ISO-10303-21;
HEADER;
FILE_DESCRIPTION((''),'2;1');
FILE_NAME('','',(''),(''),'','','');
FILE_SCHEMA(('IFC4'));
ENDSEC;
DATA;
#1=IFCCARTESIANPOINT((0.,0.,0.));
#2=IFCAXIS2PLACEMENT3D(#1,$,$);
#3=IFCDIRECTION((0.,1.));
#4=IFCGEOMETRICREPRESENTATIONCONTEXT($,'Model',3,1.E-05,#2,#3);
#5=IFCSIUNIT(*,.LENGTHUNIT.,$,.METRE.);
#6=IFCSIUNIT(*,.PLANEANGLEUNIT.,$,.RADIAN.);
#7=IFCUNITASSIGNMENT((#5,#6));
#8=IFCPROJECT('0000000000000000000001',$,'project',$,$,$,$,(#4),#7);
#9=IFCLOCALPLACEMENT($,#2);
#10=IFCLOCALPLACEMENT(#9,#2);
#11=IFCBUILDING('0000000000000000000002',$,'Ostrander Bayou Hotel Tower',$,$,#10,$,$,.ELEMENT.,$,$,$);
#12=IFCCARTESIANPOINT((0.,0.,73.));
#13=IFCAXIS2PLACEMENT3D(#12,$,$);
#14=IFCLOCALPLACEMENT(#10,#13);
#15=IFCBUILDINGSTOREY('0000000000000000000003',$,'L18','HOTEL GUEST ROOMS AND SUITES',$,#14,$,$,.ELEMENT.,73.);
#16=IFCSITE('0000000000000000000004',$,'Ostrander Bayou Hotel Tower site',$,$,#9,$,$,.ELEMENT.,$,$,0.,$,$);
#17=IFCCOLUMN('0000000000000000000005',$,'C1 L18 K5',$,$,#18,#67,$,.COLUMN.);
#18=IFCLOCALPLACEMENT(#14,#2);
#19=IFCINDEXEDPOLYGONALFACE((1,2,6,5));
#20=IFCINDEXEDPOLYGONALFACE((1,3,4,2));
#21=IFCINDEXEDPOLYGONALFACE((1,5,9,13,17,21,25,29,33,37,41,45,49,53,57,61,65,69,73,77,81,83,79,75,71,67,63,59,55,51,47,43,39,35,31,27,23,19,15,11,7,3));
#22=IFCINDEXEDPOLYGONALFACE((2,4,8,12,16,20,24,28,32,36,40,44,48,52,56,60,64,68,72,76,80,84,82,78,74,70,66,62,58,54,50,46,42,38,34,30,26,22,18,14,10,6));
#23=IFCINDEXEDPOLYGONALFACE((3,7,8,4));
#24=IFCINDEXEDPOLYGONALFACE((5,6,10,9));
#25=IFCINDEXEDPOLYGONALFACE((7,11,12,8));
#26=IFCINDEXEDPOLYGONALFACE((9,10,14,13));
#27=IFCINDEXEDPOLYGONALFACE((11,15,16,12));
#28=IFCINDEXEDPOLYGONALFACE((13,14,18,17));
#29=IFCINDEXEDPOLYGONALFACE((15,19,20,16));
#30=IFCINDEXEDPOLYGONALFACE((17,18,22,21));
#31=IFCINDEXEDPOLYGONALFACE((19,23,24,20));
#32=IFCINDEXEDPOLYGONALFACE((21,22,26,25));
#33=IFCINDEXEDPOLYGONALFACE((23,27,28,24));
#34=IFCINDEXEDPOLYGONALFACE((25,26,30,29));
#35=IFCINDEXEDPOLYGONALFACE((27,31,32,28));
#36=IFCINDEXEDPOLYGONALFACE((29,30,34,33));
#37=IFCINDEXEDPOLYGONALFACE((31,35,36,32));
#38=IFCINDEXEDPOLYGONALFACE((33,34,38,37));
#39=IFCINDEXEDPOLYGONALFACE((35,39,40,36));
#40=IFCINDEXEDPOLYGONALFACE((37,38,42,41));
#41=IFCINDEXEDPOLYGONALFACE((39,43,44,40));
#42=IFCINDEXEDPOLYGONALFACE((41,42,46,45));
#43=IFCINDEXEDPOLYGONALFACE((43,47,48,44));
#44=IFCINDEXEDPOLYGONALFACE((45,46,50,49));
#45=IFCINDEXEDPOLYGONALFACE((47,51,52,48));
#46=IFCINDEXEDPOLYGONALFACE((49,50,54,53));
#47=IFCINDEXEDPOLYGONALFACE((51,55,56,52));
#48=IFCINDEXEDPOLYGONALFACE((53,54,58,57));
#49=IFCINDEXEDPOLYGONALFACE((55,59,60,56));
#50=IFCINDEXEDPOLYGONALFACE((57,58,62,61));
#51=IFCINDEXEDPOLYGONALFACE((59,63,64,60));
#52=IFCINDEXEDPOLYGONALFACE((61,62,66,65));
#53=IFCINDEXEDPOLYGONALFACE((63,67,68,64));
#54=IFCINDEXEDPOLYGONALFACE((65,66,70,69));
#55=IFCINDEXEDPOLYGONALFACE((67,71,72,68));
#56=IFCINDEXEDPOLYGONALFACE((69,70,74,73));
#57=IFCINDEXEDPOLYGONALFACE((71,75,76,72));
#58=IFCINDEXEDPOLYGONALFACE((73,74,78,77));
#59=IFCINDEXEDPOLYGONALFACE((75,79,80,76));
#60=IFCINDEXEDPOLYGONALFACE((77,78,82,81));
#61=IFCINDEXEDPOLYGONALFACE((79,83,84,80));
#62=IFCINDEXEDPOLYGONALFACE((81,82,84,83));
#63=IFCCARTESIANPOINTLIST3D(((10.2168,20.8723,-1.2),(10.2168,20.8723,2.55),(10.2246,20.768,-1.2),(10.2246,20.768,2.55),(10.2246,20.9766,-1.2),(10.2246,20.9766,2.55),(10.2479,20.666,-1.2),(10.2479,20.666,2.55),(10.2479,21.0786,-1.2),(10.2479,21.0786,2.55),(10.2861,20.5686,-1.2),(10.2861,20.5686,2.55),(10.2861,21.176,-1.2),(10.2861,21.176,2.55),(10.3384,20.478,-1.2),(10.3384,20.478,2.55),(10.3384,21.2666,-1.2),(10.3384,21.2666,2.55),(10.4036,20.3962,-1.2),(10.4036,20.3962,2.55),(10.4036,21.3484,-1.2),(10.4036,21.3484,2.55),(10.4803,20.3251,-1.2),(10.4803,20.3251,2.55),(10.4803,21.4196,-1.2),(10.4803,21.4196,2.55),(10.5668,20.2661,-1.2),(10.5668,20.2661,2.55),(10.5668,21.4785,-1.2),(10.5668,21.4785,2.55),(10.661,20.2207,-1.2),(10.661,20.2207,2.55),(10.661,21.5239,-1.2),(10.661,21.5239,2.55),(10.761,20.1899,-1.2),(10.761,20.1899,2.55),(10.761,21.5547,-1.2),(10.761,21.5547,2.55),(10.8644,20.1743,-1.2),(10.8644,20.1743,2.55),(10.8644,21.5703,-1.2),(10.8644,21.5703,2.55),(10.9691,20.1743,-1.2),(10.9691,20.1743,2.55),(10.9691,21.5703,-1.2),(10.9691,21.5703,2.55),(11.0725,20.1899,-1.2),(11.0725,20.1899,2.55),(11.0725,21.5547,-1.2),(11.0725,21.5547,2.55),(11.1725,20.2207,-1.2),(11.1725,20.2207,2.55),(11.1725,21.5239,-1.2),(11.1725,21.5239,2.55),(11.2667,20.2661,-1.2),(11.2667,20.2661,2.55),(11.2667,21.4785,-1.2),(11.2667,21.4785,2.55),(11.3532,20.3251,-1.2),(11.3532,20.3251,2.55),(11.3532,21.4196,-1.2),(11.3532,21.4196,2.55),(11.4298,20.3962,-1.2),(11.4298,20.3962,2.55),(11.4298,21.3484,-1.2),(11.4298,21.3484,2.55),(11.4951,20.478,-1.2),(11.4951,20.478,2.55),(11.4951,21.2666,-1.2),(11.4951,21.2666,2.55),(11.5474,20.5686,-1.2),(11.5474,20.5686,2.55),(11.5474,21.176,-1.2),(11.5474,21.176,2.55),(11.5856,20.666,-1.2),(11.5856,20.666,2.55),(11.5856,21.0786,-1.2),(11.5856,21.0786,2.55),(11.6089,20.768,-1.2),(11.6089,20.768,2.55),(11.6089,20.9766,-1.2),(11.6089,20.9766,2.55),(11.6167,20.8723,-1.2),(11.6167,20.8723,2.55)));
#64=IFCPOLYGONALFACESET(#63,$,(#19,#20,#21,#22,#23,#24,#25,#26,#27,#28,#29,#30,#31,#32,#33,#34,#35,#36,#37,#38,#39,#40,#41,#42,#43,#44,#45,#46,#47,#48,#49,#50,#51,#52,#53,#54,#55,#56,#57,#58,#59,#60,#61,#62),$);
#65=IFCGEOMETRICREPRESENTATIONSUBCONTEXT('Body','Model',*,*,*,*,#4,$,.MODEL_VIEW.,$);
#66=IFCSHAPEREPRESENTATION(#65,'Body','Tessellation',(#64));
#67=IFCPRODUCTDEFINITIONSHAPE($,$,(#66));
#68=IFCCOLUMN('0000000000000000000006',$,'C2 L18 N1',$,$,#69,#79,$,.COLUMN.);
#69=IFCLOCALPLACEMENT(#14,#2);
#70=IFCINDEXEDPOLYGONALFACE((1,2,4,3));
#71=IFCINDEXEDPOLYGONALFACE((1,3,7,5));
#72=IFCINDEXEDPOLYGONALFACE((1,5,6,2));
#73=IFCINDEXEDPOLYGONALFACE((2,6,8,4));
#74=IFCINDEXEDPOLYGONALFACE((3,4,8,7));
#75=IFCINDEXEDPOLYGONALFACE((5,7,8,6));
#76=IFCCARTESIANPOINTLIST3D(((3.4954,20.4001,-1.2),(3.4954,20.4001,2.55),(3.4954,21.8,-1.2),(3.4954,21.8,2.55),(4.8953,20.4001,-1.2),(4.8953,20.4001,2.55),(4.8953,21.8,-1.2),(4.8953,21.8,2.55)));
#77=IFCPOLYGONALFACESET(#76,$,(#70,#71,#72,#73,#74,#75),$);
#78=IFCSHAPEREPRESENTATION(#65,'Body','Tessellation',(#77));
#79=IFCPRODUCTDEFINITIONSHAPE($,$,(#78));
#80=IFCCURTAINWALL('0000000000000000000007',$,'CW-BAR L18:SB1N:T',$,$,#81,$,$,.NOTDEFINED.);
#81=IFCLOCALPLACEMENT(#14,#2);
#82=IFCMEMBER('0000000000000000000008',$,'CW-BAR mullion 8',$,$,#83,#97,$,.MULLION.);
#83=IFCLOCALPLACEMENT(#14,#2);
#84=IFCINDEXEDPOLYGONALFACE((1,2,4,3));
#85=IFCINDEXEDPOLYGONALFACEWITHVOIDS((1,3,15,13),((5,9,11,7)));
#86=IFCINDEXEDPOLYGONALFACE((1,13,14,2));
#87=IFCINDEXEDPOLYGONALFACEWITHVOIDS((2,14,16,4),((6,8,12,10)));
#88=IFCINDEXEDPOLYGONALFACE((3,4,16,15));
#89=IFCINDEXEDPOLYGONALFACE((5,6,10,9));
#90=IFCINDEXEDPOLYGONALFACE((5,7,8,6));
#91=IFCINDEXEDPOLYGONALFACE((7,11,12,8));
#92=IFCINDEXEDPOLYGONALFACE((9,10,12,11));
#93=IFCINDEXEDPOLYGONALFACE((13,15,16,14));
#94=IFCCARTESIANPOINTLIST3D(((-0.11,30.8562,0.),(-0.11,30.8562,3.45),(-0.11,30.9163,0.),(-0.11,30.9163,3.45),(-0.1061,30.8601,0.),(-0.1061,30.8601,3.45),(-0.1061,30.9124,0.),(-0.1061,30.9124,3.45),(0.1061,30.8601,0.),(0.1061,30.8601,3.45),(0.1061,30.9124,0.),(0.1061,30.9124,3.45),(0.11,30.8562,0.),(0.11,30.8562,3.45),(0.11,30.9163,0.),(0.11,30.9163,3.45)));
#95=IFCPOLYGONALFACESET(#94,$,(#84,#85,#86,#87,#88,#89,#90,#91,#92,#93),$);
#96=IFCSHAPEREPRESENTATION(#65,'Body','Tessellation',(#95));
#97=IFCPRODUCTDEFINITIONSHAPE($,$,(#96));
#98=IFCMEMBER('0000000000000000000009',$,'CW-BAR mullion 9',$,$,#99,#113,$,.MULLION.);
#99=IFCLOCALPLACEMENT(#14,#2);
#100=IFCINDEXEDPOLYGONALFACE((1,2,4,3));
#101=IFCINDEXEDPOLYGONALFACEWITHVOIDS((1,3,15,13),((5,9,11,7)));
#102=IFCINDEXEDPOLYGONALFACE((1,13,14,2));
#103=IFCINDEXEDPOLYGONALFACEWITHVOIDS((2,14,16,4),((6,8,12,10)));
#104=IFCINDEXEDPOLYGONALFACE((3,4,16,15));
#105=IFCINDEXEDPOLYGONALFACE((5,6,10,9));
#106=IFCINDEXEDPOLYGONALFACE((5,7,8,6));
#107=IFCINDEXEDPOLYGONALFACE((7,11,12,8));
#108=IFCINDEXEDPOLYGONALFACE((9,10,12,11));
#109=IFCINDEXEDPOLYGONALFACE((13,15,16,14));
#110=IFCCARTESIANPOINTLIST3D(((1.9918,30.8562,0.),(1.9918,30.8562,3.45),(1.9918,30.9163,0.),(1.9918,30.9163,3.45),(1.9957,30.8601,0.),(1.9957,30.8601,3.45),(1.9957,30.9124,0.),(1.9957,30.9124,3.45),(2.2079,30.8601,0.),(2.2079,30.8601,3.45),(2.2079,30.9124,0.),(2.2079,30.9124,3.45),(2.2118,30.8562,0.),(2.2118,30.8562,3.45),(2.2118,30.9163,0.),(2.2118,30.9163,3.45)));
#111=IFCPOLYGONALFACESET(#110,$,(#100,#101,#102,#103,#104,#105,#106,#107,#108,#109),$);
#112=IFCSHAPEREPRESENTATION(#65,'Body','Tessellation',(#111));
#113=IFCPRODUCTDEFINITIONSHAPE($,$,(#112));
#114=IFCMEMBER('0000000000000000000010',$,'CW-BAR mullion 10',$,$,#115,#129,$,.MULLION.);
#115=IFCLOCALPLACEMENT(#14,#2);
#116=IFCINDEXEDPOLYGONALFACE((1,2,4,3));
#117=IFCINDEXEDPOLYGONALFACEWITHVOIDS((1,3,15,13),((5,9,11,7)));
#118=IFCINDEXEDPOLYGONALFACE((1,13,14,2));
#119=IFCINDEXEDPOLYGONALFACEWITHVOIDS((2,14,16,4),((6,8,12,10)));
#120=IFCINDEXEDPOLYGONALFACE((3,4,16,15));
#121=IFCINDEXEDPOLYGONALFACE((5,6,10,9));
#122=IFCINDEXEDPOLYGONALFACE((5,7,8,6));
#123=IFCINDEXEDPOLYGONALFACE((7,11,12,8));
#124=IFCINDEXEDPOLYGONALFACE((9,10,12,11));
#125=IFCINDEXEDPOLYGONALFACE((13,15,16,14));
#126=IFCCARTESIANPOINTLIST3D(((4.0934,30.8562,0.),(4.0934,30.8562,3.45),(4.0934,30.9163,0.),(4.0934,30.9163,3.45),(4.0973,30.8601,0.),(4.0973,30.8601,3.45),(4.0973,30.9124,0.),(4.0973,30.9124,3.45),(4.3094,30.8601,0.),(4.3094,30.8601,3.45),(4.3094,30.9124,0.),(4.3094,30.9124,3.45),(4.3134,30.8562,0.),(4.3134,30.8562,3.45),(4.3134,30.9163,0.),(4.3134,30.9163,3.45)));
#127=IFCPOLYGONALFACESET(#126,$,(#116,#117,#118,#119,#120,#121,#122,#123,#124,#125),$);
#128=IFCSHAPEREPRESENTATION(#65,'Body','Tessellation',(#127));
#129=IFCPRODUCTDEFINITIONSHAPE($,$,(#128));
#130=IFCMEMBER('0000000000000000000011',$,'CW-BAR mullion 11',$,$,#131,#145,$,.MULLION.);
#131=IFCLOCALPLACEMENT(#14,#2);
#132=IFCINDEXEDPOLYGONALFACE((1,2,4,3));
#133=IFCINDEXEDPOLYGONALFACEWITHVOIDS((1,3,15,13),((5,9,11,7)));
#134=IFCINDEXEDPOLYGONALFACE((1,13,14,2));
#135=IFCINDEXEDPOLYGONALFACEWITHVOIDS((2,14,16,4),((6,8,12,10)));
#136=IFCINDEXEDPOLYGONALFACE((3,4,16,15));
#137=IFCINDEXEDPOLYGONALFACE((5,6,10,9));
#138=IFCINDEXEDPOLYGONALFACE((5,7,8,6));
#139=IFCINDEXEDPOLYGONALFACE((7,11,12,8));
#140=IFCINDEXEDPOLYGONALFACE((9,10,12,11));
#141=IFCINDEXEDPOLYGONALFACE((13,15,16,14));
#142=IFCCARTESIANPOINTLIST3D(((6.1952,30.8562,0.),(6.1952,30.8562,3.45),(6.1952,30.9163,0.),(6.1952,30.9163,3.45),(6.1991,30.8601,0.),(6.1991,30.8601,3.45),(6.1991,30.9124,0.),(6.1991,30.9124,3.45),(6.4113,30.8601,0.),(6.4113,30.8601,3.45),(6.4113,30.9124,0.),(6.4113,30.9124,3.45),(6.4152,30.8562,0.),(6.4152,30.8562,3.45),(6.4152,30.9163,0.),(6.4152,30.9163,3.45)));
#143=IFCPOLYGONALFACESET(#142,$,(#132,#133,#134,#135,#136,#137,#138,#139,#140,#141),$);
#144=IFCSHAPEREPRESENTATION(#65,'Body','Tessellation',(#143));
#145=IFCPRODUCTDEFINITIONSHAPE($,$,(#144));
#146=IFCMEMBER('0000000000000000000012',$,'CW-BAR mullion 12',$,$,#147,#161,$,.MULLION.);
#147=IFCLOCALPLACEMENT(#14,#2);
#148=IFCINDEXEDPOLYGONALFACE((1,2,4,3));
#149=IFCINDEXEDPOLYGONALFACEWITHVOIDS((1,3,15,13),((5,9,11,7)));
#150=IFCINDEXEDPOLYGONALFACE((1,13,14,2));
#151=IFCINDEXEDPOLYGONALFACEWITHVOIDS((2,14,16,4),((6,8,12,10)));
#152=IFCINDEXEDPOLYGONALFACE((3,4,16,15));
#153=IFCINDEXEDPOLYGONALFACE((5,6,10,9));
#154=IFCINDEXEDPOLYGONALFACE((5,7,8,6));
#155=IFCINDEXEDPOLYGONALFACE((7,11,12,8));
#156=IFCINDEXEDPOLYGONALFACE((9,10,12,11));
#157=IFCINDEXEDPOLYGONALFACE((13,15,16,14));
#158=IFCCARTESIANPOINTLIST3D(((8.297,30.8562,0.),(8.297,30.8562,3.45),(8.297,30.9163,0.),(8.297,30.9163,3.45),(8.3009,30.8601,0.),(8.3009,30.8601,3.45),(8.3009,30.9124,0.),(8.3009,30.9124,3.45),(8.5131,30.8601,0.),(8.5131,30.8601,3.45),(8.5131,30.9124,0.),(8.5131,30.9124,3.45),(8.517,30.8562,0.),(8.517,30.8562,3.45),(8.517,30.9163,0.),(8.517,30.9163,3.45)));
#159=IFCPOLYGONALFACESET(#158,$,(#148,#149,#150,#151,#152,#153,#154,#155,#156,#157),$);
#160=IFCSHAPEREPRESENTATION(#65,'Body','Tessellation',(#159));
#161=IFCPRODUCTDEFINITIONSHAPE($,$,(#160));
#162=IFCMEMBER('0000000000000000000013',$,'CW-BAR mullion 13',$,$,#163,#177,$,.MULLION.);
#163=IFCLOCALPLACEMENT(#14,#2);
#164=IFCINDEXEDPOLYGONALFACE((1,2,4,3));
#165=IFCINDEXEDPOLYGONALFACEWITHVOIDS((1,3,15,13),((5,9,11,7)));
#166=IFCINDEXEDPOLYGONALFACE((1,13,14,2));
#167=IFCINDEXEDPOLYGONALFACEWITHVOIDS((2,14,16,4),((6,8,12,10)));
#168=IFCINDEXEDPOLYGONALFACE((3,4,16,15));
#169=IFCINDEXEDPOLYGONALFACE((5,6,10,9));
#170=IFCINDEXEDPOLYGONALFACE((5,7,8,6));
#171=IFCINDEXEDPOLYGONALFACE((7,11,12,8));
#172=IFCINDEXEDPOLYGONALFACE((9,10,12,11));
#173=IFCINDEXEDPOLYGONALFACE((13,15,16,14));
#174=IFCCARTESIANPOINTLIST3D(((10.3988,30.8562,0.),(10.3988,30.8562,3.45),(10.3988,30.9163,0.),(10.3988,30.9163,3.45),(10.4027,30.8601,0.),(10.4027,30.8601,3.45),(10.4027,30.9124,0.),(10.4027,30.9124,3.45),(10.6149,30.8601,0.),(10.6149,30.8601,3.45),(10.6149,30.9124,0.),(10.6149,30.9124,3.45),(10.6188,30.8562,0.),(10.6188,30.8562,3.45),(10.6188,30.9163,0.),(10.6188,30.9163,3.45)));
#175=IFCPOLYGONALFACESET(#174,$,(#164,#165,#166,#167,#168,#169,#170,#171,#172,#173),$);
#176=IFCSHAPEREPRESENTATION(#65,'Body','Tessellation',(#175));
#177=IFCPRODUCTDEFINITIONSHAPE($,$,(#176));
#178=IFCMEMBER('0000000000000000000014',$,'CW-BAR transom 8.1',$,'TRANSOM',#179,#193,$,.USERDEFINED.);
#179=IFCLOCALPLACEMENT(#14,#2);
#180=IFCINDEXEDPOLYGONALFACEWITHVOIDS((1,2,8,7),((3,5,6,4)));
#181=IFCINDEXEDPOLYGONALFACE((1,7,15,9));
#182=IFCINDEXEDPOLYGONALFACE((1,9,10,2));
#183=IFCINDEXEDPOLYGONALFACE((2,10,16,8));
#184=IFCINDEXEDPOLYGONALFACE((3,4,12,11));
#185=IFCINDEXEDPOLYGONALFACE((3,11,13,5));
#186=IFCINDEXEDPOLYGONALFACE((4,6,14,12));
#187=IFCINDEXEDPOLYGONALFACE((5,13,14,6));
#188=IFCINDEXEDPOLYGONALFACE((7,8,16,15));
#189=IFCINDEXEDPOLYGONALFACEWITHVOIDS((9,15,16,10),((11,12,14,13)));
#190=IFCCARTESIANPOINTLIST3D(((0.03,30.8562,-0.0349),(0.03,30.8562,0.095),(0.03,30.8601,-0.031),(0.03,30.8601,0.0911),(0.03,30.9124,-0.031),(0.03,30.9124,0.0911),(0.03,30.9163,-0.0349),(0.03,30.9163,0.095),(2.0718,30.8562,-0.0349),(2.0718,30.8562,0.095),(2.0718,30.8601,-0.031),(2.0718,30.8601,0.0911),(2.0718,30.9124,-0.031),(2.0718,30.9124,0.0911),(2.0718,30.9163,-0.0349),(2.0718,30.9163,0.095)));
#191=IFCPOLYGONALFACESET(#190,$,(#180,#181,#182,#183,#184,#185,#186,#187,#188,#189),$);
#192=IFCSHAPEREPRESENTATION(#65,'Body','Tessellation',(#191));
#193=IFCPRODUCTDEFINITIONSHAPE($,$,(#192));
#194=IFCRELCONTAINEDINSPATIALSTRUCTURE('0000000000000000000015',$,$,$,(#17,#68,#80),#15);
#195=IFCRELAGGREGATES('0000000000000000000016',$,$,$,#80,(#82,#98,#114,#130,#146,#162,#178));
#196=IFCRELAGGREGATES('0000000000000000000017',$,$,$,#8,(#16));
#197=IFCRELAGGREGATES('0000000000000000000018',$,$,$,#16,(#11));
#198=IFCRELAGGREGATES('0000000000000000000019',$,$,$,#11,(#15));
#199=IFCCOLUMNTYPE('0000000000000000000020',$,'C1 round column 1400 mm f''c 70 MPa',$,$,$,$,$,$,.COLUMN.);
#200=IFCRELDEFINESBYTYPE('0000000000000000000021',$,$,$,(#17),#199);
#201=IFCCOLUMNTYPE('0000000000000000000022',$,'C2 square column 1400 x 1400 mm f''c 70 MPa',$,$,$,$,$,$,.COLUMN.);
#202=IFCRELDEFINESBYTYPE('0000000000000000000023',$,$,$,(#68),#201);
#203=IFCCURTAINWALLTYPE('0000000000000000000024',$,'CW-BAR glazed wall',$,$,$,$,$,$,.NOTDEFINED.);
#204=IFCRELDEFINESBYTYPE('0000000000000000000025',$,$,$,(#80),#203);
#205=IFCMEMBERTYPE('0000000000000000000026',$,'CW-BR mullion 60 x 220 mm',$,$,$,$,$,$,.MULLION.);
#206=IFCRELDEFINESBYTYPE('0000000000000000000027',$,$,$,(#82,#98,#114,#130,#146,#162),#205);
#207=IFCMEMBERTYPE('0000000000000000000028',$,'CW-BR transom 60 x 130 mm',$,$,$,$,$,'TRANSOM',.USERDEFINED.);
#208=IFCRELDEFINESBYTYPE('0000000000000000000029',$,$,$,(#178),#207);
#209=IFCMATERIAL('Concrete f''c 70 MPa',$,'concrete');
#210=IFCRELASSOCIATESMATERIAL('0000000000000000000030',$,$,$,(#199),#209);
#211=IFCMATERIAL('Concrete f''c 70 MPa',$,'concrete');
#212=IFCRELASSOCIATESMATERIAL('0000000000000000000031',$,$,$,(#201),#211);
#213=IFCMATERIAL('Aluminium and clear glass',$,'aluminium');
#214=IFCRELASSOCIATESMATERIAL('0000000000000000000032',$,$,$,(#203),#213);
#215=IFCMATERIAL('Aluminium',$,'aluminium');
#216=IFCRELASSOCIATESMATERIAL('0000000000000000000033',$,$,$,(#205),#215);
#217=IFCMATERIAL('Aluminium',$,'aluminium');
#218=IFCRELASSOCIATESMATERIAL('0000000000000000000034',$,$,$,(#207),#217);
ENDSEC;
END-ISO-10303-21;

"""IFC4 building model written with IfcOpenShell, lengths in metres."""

from ifc_helpers import new_model, si_unit, direction, frame, origin, origin_2d, place, context, subcontext, project, spatial, rectangle, hollow_rectangle, circle, extrude, material, material_profile, profile_set, type_object, element, aggregate, save


model = new_model("IFC4")

# Units and contexts
model_context = context("Model", 3, precision=1e-05, world=origin(), true_north=direction((0.0, 1.0)))
body_context = subcontext(model_context, "Body", "Model", "MODEL_VIEW")
ifc_project = project(units=[si_unit("LENGTHUNIT", "METRE"), si_unit("PLANEANGLEUNIT", "RADIAN")], contexts=[model_context])

# Site, building, storey
site_placement = place(None, origin())
site = spatial("IfcSite", under=ifc_project, at=site_placement, Name="Ostrander Bayou Hotel Tower site", CompositionType="ELEMENT", RefElevation=0.0)
building_placement = place(site_placement, origin())
building = spatial("IfcBuilding", under=site, at=building_placement, Name="Ostrander Bayou Hotel Tower", CompositionType="ELEMENT")
storey_placement = place(building_placement, frame((0.0, 0.0, 73.0)))
storey = spatial("IfcBuildingStorey", under=building, at=storey_placement, Name="L18", Description="HOTEL GUEST ROOMS AND SUITES", CompositionType="ELEMENT", Elevation=73.0)

# Columns
ifc_material_1 = material(Name="Concrete f'c 70 MPa", Category="concrete")
ifc_material_profile_1 = material_profile(ifc_material_1, circle(Radius=0.7, at=origin_2d()))
ifc_profile_set_1 = profile_set([ifc_material_profile_1], Name="Concrete f'c 70 MPa")
column_type_1 = type_object("IfcColumnType", Name="C1 round column 1400 mm f'c 70 MPa", PredefinedType="COLUMN", material=ifc_profile_set_1)
column_1_placement = place(storey_placement, frame((10.9167, 20.8723, -1.2), z_axis=(0.0, 0.0, 1.0), x_axis=(1.0, 0.0, 0.0)))
element("IfcColumn", 1, at=column_1_placement, inside=storey, type_object=column_type_1, Name="C1 L18 K5", PredefinedType="COLUMN", context=body_context, shape_type="SweptSolid", body=[
    extrude(circle(Radius=0.7, at=origin_2d()), origin(), (0.0, 0.0, 1.0), 3.75),
])
ifc_material_2 = material(Name="Concrete f'c 70 MPa", Category="concrete")
ifc_material_profile_2 = material_profile(ifc_material_2, rectangle(XDim=1.3999, YDim=1.3999, at=origin_2d()))
ifc_profile_set_2 = profile_set([ifc_material_profile_2], Name="Concrete f'c 70 MPa")
column_type_2 = type_object("IfcColumnType", Name="C2 square column 1400 x 1400 mm f'c 70 MPa", PredefinedType="COLUMN", material=ifc_profile_set_2)
column_2_placement = place(storey_placement, frame((4.1953, 21.1001, -1.2), z_axis=(0.0, 0.0, 1.0), x_axis=(1.0, 0.0, 0.0)))
element("IfcColumn", 2, at=column_2_placement, inside=storey, type_object=column_type_2, Name="C2 L18 N1", PredefinedType="COLUMN", context=body_context, shape_type="SweptSolid", body=[
    extrude(rectangle(XDim=1.3999, YDim=1.3999, at=origin_2d()), origin(), (0.0, 0.0, 1.0), 3.75),
])

# Curtain wall, members
ifc_material_3 = material(Name="Aluminium and clear glass", Category="aluminium")
curtain_wall_type = type_object("IfcCurtainWallType", Name="CW-BAR glazed wall", PredefinedType="NOTDEFINED", material=ifc_material_3)
curtain_wall_placement = place(storey_placement, origin())
curtain_wall = element("IfcCurtainWall", 3, at=curtain_wall_placement, inside=storey, type_object=curtain_wall_type, Name="CW-BAR L18:SB1N:T", PredefinedType="NOTDEFINED")
ifc_material_4 = material(Name="Aluminium", Category="aluminium")
ifc_material_profile_3 = material_profile(ifc_material_4, hollow_rectangle(XDim=0.0601, YDim=0.22, WallThickness=0.0039, at=origin_2d()))
ifc_profile_set_3 = profile_set([ifc_material_profile_3], Name="Aluminium")
member_type_1 = type_object("IfcMemberType", Name="CW-BR mullion 60 x 220 mm", PredefinedType="MULLION", material=ifc_profile_set_3)
member_1_placement = place(storey_placement, frame((0.0, 30.8862, 0.0), z_axis=(0.0, 0.0, 1.0), x_axis=(0.0, 1.0, 0.0)))
member_1 = element("IfcMember", 4, at=member_1_placement, type_object=member_type_1, Name="CW-BAR mullion 8", PredefinedType="MULLION", context=body_context, shape_type="SweptSolid", body=[
    extrude(hollow_rectangle(XDim=0.0601, YDim=0.22, WallThickness=0.0039, at=origin_2d()), origin(), (0.0, 0.0, 1.0), 3.45),
])
member_2_placement = place(storey_placement, frame((2.1018, 30.8862, 0.0), z_axis=(0.0, 0.0, 1.0), x_axis=(0.0, 1.0, 0.0)))
member_2 = element("IfcMember", 5, at=member_2_placement, type_object=member_type_1, Name="CW-BAR mullion 9", PredefinedType="MULLION", context=body_context, shape_type="SweptSolid", body=[
    extrude(hollow_rectangle(XDim=0.0601, YDim=0.22, WallThickness=0.0039, at=origin_2d()), origin(), (0.0, 0.0, 1.0), 3.45),
])
member_3_placement = place(storey_placement, frame((4.2034, 30.8862, 0.0), z_axis=(0.0, 0.0, 1.0), x_axis=(0.0, 1.0, 0.0)))
member_3 = element("IfcMember", 6, at=member_3_placement, type_object=member_type_1, Name="CW-BAR mullion 10", PredefinedType="MULLION", context=body_context, shape_type="SweptSolid", body=[
    extrude(hollow_rectangle(XDim=0.0601, YDim=0.22, WallThickness=0.0039, at=origin_2d()), origin(), (0.0, 0.0, 1.0), 3.45),
])
member_4_placement = place(storey_placement, frame((6.3052, 30.8862, 0.0), z_axis=(0.0, 0.0, 1.0), x_axis=(0.0, 1.0, 0.0)))
member_4 = element("IfcMember", 7, at=member_4_placement, type_object=member_type_1, Name="CW-BAR mullion 11", PredefinedType="MULLION", context=body_context, shape_type="SweptSolid", body=[
    extrude(hollow_rectangle(XDim=0.0601, YDim=0.22, WallThickness=0.0039, at=origin_2d()), origin(), (0.0, 0.0, 1.0), 3.45),
])
member_5_placement = place(storey_placement, frame((8.407, 30.8862, 0.0), z_axis=(0.0, 0.0, 1.0), x_axis=(0.0, 1.0, 0.0)))
member_5 = element("IfcMember", 8, at=member_5_placement, type_object=member_type_1, Name="CW-BAR mullion 12", PredefinedType="MULLION", context=body_context, shape_type="SweptSolid", body=[
    extrude(hollow_rectangle(XDim=0.0601, YDim=0.22, WallThickness=0.0039, at=origin_2d()), origin(), (0.0, 0.0, 1.0), 3.45),
])
member_6_placement = place(storey_placement, frame((10.5088, 30.8862, 0.0), z_axis=(0.0, 0.0, 1.0), x_axis=(0.0, 1.0, 0.0)))
member_6 = element("IfcMember", 9, at=member_6_placement, type_object=member_type_1, Name="CW-BAR mullion 13", PredefinedType="MULLION", context=body_context, shape_type="SweptSolid", body=[
    extrude(hollow_rectangle(XDim=0.0601, YDim=0.22, WallThickness=0.0039, at=origin_2d()), origin(), (0.0, 0.0, 1.0), 3.45),
])
ifc_material_5 = material(Name="Aluminium", Category="aluminium")
ifc_material_profile_4 = material_profile(ifc_material_5, hollow_rectangle(XDim=0.0601, YDim=0.1299, WallThickness=0.0039, at=origin_2d()))
ifc_profile_set_4 = profile_set([ifc_material_profile_4], Name="Aluminium")
member_type_2 = type_object("IfcMemberType", Name="CW-BR transom 60 x 130 mm", ElementType="TRANSOM", PredefinedType="USERDEFINED", material=ifc_profile_set_4)
member_7_placement = place(storey_placement, frame((0.03, 30.8862, 0.03), z_axis=(1.0, 0.0, 0.0), x_axis=(0.0, 1.0, 0.0)))
member_7 = element("IfcMember", 10, at=member_7_placement, type_object=member_type_2, Name="CW-BAR transom 8.1", ObjectType="TRANSOM", PredefinedType="USERDEFINED", context=body_context, shape_type="SweptSolid", body=[
    extrude(hollow_rectangle(XDim=0.0601, YDim=0.1299, WallThickness=0.0039, at=origin_2d()), origin(), (0.0, 0.0, 1.0), 2.0417),
])
aggregate(curtain_wall, [member_1, member_2, member_3, member_4, member_5, member_6, member_7])

save(model, "model.ifc")
